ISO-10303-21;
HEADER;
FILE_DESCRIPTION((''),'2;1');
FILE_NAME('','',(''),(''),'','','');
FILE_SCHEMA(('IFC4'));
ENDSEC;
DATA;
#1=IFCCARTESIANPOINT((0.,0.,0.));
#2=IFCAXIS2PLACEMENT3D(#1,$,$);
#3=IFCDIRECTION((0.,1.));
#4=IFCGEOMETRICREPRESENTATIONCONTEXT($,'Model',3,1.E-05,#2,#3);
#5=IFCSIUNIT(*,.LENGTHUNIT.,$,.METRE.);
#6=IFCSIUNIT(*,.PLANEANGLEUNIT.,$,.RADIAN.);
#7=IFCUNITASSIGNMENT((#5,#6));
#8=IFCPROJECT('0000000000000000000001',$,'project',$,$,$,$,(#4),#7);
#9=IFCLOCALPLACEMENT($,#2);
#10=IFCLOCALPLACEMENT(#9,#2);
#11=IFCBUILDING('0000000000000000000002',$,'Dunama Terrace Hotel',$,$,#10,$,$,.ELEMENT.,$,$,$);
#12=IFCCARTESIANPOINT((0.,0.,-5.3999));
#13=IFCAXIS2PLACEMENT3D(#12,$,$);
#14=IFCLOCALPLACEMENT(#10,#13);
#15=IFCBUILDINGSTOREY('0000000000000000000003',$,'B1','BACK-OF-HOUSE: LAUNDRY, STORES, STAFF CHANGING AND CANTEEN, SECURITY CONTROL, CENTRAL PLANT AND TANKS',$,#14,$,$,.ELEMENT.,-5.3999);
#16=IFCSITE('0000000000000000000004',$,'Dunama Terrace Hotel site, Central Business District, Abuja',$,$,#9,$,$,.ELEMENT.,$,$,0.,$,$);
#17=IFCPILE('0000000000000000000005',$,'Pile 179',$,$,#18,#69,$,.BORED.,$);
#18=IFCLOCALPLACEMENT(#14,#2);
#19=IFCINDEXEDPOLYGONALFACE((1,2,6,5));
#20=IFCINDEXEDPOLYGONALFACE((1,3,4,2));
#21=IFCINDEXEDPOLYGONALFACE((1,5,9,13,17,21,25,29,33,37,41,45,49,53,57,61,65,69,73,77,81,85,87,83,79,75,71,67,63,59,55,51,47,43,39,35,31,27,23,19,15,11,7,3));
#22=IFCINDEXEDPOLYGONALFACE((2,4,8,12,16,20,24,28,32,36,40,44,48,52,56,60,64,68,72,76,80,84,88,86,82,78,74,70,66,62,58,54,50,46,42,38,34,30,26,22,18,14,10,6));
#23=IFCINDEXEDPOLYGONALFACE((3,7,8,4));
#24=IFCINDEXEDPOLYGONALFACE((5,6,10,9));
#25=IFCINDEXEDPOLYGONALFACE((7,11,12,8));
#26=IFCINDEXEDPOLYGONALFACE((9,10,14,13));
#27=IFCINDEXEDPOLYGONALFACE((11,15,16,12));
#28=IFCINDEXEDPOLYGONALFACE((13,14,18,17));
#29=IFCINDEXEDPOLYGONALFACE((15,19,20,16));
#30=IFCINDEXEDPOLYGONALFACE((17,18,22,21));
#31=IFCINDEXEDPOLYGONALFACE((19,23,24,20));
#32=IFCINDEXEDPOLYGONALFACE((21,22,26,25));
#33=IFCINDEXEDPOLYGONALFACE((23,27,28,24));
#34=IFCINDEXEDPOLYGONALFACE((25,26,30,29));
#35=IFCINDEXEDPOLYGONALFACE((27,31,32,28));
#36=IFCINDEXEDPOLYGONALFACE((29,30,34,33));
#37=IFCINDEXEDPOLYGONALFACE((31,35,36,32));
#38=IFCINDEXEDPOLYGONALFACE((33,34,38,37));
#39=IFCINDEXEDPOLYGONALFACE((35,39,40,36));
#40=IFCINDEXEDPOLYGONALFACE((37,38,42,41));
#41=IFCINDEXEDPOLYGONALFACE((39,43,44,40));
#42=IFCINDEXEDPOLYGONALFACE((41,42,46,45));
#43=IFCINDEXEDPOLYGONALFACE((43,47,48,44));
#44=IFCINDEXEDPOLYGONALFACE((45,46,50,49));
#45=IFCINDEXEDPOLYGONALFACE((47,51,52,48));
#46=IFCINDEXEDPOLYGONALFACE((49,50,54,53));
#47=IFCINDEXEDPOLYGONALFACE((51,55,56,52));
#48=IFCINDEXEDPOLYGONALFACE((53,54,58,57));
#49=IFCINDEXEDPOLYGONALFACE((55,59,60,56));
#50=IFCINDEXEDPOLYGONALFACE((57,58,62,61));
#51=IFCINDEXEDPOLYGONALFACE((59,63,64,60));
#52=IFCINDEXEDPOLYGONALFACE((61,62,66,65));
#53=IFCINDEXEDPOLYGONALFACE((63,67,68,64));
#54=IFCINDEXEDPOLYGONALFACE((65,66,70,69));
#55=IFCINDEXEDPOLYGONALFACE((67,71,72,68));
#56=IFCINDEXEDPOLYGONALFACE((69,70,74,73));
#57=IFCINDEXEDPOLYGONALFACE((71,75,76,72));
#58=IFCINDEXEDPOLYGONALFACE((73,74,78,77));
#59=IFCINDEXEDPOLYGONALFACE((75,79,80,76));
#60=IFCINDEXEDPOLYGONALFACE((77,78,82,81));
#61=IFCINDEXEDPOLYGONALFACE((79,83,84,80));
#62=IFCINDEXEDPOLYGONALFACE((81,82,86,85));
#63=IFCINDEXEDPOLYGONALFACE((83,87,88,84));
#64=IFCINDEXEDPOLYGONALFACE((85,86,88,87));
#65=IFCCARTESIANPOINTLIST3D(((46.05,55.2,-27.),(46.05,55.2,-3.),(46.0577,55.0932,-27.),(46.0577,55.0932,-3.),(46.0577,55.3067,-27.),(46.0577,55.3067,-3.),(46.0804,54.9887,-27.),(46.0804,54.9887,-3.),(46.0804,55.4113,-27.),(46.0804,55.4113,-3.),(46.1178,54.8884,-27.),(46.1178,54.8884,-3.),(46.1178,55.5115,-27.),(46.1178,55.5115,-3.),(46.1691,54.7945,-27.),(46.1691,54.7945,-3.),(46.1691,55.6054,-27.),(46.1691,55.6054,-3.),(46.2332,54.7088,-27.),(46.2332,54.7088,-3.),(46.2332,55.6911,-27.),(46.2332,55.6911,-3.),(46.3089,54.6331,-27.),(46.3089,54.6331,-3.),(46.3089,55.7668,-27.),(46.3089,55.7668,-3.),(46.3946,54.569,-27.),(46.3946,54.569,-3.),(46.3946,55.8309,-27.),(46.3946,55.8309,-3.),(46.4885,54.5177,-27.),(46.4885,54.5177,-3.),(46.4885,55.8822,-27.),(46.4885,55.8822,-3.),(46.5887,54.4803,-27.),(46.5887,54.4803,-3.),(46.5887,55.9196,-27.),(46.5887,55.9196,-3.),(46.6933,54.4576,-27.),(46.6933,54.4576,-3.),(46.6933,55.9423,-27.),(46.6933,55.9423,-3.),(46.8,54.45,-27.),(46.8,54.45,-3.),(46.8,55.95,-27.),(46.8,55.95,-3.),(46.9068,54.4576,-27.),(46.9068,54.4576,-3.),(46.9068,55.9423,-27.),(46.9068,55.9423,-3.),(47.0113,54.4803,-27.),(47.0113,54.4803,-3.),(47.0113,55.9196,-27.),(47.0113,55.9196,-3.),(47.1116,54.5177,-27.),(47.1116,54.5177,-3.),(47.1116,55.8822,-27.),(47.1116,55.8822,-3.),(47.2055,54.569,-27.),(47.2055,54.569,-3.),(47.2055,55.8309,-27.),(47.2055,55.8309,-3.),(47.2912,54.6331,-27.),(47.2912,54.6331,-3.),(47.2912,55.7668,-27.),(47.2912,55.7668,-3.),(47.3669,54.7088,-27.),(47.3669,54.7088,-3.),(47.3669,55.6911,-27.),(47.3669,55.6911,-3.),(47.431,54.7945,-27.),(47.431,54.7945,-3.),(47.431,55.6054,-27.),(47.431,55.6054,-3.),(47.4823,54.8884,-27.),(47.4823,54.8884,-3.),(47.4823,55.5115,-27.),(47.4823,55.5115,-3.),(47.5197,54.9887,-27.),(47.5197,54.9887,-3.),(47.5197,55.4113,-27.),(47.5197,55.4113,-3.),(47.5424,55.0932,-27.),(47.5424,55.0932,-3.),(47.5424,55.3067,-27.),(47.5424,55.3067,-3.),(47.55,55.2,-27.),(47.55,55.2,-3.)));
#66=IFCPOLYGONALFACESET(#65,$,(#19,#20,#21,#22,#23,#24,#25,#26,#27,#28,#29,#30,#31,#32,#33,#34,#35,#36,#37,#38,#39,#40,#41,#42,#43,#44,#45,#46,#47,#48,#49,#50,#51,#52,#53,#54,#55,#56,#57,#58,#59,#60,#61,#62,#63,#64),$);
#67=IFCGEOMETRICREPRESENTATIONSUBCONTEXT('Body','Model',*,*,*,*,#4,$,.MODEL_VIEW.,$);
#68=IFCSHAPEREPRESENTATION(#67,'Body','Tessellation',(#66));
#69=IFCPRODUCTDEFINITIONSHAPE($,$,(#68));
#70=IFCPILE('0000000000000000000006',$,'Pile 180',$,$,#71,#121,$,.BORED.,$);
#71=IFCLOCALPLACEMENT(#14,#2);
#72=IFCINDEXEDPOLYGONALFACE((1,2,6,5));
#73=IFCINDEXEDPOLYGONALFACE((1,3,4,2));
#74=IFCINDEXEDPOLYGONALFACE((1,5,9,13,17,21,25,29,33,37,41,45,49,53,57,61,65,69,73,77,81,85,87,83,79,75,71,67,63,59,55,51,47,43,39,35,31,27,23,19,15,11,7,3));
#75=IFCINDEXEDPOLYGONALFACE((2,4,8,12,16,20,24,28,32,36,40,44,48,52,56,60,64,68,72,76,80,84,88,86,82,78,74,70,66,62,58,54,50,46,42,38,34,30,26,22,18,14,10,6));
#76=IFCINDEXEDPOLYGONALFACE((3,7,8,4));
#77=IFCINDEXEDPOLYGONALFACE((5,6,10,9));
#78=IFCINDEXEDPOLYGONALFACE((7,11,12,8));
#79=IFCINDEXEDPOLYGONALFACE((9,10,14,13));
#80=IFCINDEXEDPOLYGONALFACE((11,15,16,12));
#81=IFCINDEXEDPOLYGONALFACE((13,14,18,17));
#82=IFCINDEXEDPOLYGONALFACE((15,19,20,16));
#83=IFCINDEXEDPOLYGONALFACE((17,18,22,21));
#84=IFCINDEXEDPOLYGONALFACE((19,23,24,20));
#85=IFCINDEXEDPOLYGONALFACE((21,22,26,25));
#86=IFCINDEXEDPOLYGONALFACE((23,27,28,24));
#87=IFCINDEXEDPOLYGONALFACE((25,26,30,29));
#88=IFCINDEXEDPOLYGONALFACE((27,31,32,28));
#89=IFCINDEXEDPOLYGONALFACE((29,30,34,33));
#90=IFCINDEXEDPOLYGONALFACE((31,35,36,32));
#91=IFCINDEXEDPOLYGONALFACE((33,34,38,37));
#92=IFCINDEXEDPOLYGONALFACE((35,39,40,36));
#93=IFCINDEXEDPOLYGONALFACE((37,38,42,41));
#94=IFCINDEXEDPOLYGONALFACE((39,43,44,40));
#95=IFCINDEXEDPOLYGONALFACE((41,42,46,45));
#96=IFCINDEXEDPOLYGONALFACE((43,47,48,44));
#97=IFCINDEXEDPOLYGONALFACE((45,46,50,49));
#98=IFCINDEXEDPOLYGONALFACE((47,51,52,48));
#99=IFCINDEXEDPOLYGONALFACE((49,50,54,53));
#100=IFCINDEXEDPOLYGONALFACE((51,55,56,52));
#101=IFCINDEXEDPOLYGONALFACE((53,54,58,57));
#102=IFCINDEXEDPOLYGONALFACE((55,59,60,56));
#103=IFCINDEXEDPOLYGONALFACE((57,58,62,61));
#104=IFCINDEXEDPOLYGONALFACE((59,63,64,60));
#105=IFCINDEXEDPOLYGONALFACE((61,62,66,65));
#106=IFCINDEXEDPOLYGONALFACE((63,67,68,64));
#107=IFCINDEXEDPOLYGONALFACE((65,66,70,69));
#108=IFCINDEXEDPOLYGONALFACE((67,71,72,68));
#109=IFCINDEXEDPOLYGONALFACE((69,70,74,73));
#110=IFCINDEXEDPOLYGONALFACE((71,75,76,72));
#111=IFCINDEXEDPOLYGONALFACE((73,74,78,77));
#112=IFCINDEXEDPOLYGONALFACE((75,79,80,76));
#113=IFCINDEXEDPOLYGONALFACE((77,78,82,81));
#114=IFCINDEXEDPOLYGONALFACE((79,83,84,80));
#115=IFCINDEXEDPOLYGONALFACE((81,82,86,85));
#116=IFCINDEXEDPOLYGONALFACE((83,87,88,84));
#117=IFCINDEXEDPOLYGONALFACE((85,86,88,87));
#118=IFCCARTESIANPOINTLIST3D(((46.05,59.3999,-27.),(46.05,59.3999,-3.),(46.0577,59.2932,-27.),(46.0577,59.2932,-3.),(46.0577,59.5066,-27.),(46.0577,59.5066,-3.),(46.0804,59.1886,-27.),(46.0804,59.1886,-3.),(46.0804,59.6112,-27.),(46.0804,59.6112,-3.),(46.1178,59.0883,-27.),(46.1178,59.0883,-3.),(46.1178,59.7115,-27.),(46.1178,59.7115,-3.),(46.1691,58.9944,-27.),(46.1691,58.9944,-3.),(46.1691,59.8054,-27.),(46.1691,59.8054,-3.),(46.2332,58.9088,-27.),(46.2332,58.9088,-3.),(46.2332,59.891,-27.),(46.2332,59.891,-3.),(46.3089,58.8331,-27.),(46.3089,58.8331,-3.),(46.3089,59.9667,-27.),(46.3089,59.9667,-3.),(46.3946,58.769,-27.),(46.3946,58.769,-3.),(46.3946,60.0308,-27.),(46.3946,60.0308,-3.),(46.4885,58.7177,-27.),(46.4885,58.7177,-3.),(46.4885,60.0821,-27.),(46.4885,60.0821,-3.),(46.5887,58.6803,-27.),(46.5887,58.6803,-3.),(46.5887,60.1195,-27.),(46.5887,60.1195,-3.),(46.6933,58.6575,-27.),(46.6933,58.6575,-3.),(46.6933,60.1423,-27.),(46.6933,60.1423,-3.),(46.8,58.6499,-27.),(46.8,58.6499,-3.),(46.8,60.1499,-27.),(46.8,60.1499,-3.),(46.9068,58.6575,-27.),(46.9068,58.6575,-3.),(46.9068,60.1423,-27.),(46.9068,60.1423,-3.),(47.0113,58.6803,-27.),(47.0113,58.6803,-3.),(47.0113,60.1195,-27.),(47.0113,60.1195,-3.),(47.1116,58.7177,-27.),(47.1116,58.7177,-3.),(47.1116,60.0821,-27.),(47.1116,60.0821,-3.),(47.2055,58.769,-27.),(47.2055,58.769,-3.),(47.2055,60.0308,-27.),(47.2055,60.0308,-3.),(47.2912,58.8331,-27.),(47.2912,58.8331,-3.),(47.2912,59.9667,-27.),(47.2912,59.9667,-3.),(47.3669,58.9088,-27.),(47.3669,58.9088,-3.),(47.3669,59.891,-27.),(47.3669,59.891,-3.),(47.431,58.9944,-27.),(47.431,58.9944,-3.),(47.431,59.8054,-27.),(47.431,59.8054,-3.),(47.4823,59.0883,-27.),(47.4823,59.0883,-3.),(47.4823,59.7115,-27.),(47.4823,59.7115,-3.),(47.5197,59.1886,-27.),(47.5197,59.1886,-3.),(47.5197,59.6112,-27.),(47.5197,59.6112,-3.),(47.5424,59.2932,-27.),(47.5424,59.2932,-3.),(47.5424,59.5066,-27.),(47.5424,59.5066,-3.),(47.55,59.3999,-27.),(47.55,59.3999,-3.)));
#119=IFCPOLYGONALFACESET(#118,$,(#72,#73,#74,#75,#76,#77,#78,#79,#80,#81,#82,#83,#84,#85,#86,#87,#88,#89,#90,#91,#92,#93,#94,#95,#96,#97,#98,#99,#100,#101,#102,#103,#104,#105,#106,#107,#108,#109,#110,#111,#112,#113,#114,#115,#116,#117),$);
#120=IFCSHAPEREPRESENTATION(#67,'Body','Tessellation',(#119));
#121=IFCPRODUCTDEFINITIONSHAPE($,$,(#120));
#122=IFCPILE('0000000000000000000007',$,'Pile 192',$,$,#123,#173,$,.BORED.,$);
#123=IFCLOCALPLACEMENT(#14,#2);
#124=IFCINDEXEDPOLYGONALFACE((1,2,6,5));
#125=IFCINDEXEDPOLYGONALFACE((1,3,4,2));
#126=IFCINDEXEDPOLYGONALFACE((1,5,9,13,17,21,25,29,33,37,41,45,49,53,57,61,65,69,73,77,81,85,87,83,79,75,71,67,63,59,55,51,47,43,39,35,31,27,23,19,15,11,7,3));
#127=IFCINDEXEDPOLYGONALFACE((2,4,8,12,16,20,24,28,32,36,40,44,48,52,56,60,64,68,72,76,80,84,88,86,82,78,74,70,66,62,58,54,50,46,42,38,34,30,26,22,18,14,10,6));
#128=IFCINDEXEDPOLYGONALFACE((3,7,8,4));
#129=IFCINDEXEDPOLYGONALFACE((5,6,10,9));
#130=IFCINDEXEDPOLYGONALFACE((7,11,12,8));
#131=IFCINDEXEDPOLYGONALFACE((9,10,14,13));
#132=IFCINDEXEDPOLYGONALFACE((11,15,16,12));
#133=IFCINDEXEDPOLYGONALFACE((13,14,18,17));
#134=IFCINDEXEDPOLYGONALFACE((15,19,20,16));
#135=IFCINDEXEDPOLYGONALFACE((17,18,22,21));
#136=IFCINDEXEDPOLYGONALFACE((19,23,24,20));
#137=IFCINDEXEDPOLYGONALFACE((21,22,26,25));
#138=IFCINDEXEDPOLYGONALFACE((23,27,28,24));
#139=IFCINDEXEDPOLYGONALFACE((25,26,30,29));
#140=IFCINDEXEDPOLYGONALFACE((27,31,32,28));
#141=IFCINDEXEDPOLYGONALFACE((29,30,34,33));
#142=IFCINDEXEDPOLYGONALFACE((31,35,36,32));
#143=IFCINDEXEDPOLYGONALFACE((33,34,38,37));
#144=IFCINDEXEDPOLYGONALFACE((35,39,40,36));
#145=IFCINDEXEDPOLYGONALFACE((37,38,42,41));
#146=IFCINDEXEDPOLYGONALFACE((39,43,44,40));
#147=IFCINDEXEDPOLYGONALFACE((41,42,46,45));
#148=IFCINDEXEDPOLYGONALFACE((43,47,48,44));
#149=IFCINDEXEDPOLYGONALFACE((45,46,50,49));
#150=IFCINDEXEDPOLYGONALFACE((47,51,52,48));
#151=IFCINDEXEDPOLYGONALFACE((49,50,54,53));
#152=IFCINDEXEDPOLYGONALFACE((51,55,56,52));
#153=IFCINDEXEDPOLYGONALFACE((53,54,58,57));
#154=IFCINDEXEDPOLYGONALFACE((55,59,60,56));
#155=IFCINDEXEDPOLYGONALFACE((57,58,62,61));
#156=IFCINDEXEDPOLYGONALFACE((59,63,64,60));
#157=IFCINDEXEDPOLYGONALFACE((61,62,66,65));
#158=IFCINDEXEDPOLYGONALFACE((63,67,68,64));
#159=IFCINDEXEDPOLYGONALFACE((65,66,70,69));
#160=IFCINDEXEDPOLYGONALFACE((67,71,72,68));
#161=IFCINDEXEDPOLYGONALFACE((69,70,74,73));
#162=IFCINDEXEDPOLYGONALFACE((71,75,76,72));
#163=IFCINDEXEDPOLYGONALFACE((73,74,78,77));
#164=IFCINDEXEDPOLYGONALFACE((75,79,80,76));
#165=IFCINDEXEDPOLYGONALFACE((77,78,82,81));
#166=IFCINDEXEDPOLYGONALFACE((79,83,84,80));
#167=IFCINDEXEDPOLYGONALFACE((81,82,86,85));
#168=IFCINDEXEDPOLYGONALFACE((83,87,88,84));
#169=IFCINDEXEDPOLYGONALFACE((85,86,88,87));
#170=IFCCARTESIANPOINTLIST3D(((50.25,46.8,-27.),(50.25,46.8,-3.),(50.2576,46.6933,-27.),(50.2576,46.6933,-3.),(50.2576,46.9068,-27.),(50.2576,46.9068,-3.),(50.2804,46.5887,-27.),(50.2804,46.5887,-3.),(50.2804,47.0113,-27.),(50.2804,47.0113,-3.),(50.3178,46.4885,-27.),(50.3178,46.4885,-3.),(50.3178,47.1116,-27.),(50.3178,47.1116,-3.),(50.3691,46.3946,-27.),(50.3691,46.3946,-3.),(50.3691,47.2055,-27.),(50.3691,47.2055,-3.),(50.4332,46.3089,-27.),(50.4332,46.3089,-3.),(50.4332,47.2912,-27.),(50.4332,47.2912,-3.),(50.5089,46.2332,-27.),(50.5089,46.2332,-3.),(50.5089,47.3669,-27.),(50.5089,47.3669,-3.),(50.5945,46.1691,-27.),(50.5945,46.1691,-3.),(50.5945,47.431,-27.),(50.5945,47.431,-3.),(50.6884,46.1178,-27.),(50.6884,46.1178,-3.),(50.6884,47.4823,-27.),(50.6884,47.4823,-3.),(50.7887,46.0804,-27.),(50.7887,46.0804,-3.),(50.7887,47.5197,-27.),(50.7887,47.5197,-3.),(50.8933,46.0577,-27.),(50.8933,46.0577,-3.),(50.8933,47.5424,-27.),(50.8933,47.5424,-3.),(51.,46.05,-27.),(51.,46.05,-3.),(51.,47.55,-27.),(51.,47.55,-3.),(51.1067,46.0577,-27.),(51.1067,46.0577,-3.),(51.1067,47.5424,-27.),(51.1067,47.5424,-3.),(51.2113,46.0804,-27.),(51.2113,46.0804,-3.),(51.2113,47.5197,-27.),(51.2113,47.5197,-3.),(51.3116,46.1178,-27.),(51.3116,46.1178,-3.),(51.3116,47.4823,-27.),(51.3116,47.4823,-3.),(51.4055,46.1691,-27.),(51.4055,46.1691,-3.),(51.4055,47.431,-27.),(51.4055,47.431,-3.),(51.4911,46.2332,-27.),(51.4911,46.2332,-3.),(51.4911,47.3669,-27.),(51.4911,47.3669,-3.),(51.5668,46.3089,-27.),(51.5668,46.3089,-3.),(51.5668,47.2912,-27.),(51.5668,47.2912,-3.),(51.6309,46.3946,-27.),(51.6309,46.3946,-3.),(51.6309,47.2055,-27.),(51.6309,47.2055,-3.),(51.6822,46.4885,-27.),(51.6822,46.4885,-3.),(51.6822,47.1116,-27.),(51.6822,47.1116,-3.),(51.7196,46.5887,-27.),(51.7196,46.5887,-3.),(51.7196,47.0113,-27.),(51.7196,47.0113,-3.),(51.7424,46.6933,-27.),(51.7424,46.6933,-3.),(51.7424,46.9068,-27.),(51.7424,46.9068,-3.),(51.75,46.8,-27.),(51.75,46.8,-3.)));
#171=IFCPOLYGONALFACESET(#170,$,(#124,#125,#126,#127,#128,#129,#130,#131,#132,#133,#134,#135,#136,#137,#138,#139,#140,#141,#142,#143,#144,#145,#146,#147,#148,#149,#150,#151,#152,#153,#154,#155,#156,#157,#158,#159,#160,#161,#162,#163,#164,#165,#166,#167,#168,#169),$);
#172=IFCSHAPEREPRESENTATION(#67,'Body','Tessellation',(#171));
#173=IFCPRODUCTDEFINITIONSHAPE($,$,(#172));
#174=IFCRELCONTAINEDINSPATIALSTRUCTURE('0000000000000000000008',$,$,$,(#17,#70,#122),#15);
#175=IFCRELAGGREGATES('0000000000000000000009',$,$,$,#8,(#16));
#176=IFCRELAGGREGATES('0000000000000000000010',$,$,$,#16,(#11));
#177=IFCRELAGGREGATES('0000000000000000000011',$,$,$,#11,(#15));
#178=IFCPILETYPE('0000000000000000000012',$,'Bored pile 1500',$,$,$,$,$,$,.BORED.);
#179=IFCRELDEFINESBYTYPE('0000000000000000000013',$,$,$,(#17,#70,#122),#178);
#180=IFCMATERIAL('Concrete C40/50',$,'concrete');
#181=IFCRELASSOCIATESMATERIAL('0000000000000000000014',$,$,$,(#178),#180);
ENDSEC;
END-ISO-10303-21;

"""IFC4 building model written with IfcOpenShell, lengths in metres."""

from ifc_helpers import new_model, si_unit, direction, frame, origin, origin_2d, place, context, subcontext, project, spatial, circle, extrude, material, material_profile, profile_set, type_object, element, save


model = new_model("IFC4")

# Units and contexts
model_context = context("Model", 3, precision=1e-05, world=origin(), true_north=direction((0.0, 1.0)))
body_context = subcontext(model_context, "Body", "Model", "MODEL_VIEW")
ifc_project = project(units=[si_unit("LENGTHUNIT", "METRE"), si_unit("PLANEANGLEUNIT", "RADIAN")], contexts=[model_context])

# Site, building, storey
site_placement = place(None, origin())
site = spatial("IfcSite", under=ifc_project, at=site_placement, Name="Dunama Terrace Hotel site, Central Business District, Abuja", CompositionType="ELEMENT", RefElevation=0.0)
building_placement = place(site_placement, origin())
building = spatial("IfcBuilding", under=site, at=building_placement, Name="Dunama Terrace Hotel", CompositionType="ELEMENT")
storey_placement = place(building_placement, frame((0.0, 0.0, -5.3999)))
storey = spatial("IfcBuildingStorey", under=building, at=storey_placement, Name="B1", Description="BACK-OF-HOUSE: LAUNDRY, STORES, STAFF CHANGING AND CANTEEN, SECURITY CONTROL, CENTRAL PLANT AND TANKS", CompositionType="ELEMENT", Elevation=-5.3999)

# Piles
ifc_material_1 = material(Name="Concrete C40/50", Category="concrete")
ifc_material_profile_1 = material_profile(ifc_material_1, circle(Radius=0.75, at=origin_2d()), Name="PILE D1500")
ifc_profile_set_1 = profile_set([ifc_material_profile_1], Name="Concrete C40/50")
pile_type = type_object("IfcPileType", Name="Bored pile 1500", PredefinedType="BORED", material=ifc_profile_set_1)
for number, where, z_axis, x_axis, name in (
    (1, (46.8, 55.2, -3.0), (0.0, 0.0, -1.0), (1.0, 0.0, 0.0), "Pile 179"),
    (2, (46.8, 59.3999, -3.0), (0.0, 0.0, -1.0), (1.0, 0.0, 0.0), "Pile 180"),
    (3, (51.0, 46.8, -3.0), (0.0, 0.0, -1.0), (1.0, 0.0, 0.0), "Pile 192"),
):
    element("IfcPile", number, at=place(storey_placement, frame(where, z_axis=z_axis, x_axis=x_axis)), inside=storey, type_object=pile_type, Name=name, PredefinedType="BORED", context=body_context, shape_type="SweptSolid", body=[
        extrude(circle(Radius=0.75, at=origin_2d()), origin(), (0.0, 0.0, 1.0), 24.0),
    ])

save(model, "model.ifc")
